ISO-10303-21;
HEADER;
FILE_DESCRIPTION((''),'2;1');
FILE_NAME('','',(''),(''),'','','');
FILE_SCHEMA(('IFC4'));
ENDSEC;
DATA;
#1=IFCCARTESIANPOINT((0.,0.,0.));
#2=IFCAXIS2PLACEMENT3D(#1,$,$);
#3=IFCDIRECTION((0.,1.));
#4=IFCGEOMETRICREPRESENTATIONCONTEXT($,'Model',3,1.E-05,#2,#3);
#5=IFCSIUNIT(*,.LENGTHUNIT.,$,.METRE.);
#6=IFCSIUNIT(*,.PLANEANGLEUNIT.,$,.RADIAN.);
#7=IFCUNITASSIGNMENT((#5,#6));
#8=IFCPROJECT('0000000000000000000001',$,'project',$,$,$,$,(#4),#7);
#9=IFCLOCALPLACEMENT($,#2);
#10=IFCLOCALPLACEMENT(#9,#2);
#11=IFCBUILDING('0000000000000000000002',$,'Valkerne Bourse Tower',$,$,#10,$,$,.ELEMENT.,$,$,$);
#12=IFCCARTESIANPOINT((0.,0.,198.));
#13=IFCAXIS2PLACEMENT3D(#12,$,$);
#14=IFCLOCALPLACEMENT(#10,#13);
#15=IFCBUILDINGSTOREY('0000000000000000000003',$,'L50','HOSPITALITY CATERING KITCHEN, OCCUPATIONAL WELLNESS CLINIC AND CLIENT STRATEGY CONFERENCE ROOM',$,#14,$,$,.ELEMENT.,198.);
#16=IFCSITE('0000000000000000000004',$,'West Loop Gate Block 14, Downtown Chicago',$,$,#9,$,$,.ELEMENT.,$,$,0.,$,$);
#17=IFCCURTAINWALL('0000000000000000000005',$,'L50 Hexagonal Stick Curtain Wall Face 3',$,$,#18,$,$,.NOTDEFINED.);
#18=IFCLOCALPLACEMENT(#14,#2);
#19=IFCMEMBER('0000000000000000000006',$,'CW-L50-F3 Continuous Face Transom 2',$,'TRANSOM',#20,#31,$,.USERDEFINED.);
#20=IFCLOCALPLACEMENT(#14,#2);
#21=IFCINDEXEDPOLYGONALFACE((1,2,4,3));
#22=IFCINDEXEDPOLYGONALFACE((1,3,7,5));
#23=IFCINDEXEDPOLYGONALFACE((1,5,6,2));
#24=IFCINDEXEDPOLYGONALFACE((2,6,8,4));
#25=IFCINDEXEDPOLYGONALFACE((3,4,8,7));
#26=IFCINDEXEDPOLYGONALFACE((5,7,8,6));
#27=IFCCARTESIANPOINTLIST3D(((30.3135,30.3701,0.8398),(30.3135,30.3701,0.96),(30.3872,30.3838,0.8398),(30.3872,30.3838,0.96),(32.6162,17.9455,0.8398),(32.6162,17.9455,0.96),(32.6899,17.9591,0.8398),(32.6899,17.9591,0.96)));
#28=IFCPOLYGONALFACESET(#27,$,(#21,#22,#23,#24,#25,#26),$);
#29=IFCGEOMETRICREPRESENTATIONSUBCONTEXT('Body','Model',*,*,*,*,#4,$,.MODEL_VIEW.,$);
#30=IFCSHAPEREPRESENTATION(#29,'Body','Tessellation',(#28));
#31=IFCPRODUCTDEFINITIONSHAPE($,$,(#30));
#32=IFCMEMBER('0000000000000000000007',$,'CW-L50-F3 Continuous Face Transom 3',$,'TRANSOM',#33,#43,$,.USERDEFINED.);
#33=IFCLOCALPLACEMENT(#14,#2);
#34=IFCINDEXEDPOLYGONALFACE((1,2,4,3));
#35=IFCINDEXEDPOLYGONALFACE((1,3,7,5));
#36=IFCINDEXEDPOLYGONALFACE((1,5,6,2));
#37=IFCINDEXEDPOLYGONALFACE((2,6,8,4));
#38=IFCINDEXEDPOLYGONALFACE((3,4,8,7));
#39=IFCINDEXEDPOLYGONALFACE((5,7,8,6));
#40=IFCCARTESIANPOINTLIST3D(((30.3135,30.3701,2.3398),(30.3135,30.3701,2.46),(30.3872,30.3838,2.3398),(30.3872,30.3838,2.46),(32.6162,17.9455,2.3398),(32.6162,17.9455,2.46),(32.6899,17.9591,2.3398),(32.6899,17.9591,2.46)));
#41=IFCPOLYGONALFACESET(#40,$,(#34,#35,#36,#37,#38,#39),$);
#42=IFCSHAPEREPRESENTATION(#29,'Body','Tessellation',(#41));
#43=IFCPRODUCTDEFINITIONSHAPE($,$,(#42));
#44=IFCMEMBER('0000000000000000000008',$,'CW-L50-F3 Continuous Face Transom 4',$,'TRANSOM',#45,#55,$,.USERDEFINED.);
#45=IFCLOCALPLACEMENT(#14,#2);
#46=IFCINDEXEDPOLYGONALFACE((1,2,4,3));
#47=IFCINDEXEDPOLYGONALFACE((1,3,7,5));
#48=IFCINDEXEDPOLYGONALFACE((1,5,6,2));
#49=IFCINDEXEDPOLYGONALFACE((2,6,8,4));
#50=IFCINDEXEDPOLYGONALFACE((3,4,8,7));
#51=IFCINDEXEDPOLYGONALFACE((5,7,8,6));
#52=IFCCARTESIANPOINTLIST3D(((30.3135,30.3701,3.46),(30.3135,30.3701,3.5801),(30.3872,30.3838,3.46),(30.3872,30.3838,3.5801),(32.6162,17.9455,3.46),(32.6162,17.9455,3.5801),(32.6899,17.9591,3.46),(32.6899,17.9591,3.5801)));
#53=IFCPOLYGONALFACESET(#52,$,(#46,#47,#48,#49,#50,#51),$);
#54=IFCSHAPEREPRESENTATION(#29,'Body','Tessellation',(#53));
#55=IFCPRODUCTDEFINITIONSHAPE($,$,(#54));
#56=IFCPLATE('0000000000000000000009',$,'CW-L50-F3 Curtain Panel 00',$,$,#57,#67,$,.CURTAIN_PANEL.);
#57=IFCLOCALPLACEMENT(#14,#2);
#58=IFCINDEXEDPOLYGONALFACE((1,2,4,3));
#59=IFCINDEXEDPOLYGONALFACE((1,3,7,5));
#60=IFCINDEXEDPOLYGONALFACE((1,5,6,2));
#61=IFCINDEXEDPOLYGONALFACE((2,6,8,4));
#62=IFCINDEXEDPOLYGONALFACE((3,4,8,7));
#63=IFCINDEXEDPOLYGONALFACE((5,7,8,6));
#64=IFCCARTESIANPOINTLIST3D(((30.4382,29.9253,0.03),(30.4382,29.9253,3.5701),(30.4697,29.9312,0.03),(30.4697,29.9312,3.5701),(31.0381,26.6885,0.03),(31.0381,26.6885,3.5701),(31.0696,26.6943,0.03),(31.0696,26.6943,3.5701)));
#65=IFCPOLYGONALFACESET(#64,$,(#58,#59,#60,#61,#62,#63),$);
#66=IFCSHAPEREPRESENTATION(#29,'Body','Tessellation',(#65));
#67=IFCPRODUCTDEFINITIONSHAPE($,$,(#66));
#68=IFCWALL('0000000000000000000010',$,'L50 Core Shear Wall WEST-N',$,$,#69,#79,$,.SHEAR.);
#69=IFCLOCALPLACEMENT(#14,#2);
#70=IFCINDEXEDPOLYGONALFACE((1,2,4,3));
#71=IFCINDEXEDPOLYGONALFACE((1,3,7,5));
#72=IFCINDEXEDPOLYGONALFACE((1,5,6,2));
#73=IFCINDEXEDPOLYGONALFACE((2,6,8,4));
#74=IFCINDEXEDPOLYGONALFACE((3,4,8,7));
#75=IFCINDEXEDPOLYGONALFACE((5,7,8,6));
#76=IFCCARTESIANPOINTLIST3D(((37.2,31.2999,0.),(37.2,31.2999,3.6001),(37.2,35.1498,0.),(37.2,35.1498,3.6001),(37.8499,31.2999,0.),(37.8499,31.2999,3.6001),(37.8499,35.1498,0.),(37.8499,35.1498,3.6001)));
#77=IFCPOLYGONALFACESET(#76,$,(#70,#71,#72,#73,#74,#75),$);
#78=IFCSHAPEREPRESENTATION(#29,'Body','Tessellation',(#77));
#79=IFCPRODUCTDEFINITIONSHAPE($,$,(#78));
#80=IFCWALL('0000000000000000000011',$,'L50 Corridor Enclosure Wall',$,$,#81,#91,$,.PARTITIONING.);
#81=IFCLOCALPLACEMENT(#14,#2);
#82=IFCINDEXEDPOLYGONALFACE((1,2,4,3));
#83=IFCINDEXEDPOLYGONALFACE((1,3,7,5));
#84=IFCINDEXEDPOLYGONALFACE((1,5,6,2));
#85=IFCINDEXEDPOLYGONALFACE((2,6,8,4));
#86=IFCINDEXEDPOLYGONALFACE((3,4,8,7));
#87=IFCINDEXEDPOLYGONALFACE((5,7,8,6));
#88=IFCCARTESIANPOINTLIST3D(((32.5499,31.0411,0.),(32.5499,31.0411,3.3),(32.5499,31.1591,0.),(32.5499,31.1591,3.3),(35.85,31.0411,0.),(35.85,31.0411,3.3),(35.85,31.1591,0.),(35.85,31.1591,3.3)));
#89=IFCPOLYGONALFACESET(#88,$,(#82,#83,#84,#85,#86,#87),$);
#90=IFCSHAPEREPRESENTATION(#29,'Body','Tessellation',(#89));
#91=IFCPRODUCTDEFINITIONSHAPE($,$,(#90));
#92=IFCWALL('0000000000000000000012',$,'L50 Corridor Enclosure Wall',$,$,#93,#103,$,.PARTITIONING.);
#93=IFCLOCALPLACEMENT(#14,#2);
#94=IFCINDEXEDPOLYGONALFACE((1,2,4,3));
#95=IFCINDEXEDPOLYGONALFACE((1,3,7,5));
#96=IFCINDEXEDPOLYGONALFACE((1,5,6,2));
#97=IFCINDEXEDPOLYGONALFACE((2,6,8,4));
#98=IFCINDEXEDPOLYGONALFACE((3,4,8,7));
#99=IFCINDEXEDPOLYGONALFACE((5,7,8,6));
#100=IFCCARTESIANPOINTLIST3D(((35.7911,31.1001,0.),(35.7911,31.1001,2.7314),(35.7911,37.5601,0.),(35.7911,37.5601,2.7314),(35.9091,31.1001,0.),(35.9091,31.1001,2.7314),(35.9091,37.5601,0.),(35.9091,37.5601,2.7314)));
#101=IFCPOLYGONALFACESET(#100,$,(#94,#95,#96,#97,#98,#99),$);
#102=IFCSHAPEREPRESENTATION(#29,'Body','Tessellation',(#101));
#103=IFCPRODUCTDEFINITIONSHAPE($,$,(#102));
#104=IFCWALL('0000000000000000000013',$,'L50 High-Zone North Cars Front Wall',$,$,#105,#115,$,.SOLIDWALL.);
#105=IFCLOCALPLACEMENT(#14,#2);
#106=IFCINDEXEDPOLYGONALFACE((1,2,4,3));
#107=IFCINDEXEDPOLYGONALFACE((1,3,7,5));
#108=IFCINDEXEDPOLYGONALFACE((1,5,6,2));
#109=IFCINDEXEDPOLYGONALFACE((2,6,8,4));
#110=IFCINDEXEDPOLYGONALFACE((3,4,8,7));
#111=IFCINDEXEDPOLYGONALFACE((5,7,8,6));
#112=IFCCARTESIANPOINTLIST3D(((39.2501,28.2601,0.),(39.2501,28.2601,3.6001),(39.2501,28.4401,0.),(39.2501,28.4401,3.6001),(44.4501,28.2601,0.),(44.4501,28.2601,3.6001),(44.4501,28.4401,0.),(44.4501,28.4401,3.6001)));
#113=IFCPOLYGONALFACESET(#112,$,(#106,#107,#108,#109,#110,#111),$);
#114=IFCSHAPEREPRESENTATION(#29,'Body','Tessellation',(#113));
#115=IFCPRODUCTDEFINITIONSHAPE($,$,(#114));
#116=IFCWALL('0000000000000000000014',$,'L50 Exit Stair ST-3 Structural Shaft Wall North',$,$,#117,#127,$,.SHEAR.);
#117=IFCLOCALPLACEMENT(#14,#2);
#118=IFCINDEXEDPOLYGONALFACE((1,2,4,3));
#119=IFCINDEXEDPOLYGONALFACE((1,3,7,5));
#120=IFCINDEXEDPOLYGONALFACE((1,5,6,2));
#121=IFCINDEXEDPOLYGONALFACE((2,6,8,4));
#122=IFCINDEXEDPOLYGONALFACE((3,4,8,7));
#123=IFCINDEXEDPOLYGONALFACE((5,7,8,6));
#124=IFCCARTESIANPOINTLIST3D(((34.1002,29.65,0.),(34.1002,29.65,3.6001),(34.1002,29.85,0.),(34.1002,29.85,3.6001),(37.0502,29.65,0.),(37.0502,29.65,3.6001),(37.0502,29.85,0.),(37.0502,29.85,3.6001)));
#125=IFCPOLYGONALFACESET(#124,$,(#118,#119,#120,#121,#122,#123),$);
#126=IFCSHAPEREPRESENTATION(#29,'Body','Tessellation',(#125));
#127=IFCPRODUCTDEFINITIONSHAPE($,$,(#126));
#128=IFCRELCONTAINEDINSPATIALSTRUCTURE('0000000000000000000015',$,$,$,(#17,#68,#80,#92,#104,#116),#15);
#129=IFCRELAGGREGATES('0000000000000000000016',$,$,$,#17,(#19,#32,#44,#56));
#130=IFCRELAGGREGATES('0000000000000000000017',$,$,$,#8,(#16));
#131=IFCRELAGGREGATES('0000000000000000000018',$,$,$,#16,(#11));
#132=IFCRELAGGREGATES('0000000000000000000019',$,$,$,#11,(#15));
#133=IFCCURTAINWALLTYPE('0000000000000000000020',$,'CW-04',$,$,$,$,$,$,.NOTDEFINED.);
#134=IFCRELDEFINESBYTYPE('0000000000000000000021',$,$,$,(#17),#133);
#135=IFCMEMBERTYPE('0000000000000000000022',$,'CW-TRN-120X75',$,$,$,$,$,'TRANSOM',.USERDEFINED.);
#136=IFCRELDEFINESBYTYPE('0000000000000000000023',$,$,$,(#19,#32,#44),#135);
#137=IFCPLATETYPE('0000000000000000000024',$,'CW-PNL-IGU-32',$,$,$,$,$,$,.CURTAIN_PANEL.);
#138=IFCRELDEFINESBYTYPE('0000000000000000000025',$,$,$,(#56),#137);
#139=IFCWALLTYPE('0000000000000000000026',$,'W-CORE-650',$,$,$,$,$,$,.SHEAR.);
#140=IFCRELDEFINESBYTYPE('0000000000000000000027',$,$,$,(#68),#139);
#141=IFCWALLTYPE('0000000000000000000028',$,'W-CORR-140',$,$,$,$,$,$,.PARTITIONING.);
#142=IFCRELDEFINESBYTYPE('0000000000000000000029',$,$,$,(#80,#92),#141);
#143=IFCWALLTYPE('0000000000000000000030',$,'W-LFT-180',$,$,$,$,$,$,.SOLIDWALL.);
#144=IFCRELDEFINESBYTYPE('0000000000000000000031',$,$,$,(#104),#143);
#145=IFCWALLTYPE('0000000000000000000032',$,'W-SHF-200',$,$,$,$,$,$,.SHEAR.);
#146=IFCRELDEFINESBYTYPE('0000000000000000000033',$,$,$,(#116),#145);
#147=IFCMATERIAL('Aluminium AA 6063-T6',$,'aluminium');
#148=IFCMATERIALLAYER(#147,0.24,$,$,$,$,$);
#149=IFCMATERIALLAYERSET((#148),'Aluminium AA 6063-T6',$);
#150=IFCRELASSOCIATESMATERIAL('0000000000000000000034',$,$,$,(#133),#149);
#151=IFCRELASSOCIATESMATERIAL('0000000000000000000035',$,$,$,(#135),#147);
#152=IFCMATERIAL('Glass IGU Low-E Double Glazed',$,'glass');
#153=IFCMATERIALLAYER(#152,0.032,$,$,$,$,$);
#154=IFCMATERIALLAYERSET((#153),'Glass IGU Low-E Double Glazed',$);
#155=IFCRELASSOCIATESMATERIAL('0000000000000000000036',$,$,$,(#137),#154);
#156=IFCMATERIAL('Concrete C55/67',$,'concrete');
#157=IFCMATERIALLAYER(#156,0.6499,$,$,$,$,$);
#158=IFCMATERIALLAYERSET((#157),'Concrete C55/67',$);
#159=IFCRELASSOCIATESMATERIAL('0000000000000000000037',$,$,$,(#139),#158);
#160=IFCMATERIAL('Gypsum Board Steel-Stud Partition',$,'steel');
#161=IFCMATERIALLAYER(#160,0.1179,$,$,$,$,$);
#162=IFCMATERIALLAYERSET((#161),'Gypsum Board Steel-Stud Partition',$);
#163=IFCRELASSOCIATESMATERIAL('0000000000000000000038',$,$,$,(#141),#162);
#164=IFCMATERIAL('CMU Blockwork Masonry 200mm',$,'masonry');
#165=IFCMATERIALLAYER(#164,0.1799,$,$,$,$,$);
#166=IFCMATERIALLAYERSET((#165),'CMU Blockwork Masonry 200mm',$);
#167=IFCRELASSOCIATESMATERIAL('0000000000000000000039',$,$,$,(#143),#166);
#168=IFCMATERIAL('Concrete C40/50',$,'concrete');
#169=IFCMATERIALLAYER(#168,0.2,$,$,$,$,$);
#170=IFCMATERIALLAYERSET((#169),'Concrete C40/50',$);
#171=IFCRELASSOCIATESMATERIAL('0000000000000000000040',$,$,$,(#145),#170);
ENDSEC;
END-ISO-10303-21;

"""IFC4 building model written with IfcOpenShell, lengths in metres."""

from ifc_helpers import new_model, si_unit, direction, frame, frame_2d, origin, origin_2d, place, context, subcontext, project, spatial, rectangle, extrude, material, layer, layer_set, material_profile, profile_set, type_object, element, aggregate, save


model = new_model("IFC4")

# Units and contexts
model_context = context("Model", 3, precision=1e-05, world=origin(), true_north=direction((0.0, 1.0)))
body_context = subcontext(model_context, "Body", "Model", "MODEL_VIEW")
ifc_project = project(units=[si_unit("LENGTHUNIT", "METRE"), si_unit("PLANEANGLEUNIT", "RADIAN")], contexts=[model_context])

# Site, building, storey
site_placement = place(None, origin())
site = spatial("IfcSite", under=ifc_project, at=site_placement, Name="West Loop Gate Block 14, Downtown Chicago", CompositionType="ELEMENT", RefElevation=0.0)
building_placement = place(site_placement, origin())
building = spatial("IfcBuilding", under=site, at=building_placement, Name="Valkerne Bourse Tower", CompositionType="ELEMENT")
storey_placement = place(building_placement, frame((0.0, 0.0, 198.0)))
storey = spatial("IfcBuildingStorey", under=building, at=storey_placement, Name="L50", Description="HOSPITALITY CATERING KITCHEN, OCCUPATIONAL WELLNESS CLINIC AND CLIENT STRATEGY CONFERENCE ROOM", CompositionType="ELEMENT", Elevation=198.0)

# Shared definitions
ifc_material_1 = material(Name="Aluminium AA 6063-T6", Category="aluminium")
ifc_layer_1 = layer(ifc_material_1, 0.24)
ifc_layer_set_1 = layer_set([ifc_layer_1], Name="Aluminium AA 6063-T6")
curtain_wall_type = type_object("IfcCurtainWallType", Name="CW-04", PredefinedType="NOTDEFINED", material=ifc_layer_set_1)

# Curtain wall, members, plate
curtain_wall_1_placement = place(storey_placement, origin())
curtain_wall_1 = element("IfcCurtainWall", 1, at=curtain_wall_1_placement, inside=storey, type_object=curtain_wall_type, Name="L50 Hexagonal Stick Curtain Wall Face 3", PredefinedType="NOTDEFINED")
ifc_material_profile_1 = material_profile(ifc_material_1, rectangle(XDim=0.075, YDim=0.1201, at=origin_2d()), Name="CWT-75X120")
ifc_profile_set_1 = profile_set([ifc_material_profile_1], Name="Aluminium AA 6063-T6")
member_type_1 = type_object("IfcMemberType", Name="CW-TRN-120X75", ElementType="TRANSOM", PredefinedType="USERDEFINED", material=ifc_profile_set_1)
member_1_placement = place(storey_placement, frame((30.3503, 30.377, 0.8999), z_axis=(0.182234, -0.983255, 0.0), x_axis=(0.983255, 0.182234, 0.0)))
member_1 = element("IfcMember", 2, at=member_1_placement, type_object=member_type_1, Name="CW-L50-F3 Continuous Face Transom 2", ObjectType="TRANSOM", PredefinedType="USERDEFINED", context=body_context, shape_type="SweptSolid", body=[
    extrude(rectangle(XDim=0.075, YDim=0.1201, at=origin_2d()), origin(), (0.0, 0.0, 1.0), 12.6362),
])
member_2_placement = place(storey_placement, frame((30.3503, 30.377, 2.3999), z_axis=(0.182234, -0.983255, 0.0), x_axis=(0.983255, 0.182234, 0.0)))
member_2 = element("IfcMember", 3, at=member_2_placement, type_object=member_type_1, Name="CW-L50-F3 Continuous Face Transom 3", ObjectType="TRANSOM", PredefinedType="USERDEFINED", context=body_context, shape_type="SweptSolid", body=[
    extrude(rectangle(XDim=0.075, YDim=0.1201, at=origin_2d()), origin(), (0.0, 0.0, 1.0), 12.6362),
])
member_3_placement = place(storey_placement, frame((30.3503, 30.377, 3.52), z_axis=(0.182234, -0.983255, 0.0), x_axis=(0.983255, 0.182234, 0.0)))
member_3 = element("IfcMember", 4, at=member_3_placement, type_object=member_type_1, Name="CW-L50-F3 Continuous Face Transom 4", ObjectType="TRANSOM", PredefinedType="USERDEFINED", context=body_context, shape_type="SweptSolid", body=[
    extrude(rectangle(XDim=0.075, YDim=0.1201, at=origin_2d()), origin(), (0.0, 0.0, 1.0), 12.6362),
])
ifc_material_2 = material(Name="Glass IGU Low-E Double Glazed", Category="glass")
ifc_layer_2 = layer(ifc_material_2, 0.032)
ifc_layer_set_2 = layer_set([ifc_layer_2], Name="Glass IGU Low-E Double Glazed")
plate_type = type_object("IfcPlateType", Name="CW-PNL-IGU-32", PredefinedType="CURTAIN_PANEL", material=ifc_layer_set_2)
plate_placement = place(storey_placement, frame((30.7539, 28.3098, 0.03), z_axis=(0.0, 0.0, 1.0), x_axis=(0.18224, -0.983254, 0.0)))
plate = element("IfcPlate", 5, at=plate_placement, type_object=plate_type, Name="CW-L50-F3 Curtain Panel 00", PredefinedType="CURTAIN_PANEL", context=body_context, shape_type="SweptSolid", body=[
    extrude(rectangle(XDim=3.292, YDim=0.032, at=origin_2d()), origin(), (0.0, 0.0, 1.0), 3.54),
])
aggregate(curtain_wall_1, [member_1, member_2, member_3, plate])

# Walls
ifc_material_3 = material(Name="Concrete C55/67", Category="concrete")
ifc_layer_3 = layer(ifc_material_3, 0.6499)
ifc_layer_set_3 = layer_set([ifc_layer_3], Name="Concrete C55/67")
wall_type_1 = type_object("IfcWallType", Name="W-CORE-650", PredefinedType="SHEAR", material=ifc_layer_set_3)
wall_1_placement = place(storey_placement, frame((37.5249, 31.3, 0.0), z_axis=(0.0, 0.0, 1.0), x_axis=(0.0, 1.0, 0.0)))
element("IfcWall", 6, at=wall_1_placement, inside=storey, type_object=wall_type_1, Name="L50 Core Shear Wall WEST-N", PredefinedType="SHEAR", context=body_context, shape_type="SweptSolid", body=[
    extrude(rectangle(XDim=3.8499, YDim=0.6499, at=frame_2d((1.9248, 0.0))), origin(), (0.0, 0.0, 1.0), 3.6001),
])
ifc_material_4 = material(Name="Gypsum Board Steel-Stud Partition", Category="steel")
ifc_layer_4 = layer(ifc_material_4, 0.1179)
ifc_layer_set_4 = layer_set([ifc_layer_4], Name="Gypsum Board Steel-Stud Partition")
wall_type_2 = type_object("IfcWallType", Name="W-CORR-140", PredefinedType="PARTITIONING", material=ifc_layer_set_4)
wall_2_placement = place(storey_placement, frame((32.55, 31.1001, 0.0), z_axis=(0.0, 0.0, 1.0), x_axis=(1.0, 0.0, 0.0)))
element("IfcWall", 7, at=wall_2_placement, inside=storey, type_object=wall_type_2, Name="L50 Corridor Enclosure Wall", PredefinedType="PARTITIONING", context=body_context, shape_type="SweptSolid", body=[
    extrude(rectangle(XDim=3.3, YDim=0.1179, at=frame_2d((1.6499, 0.0))), origin(), (0.0, 0.0, 1.0), 3.3),
])
wall_3_placement = place(storey_placement, frame((35.8501, 31.1001, 0.0), z_axis=(0.0, 0.0, 1.0), x_axis=(0.0, 1.0, 0.0)))
element("IfcWall", 8, at=wall_3_placement, inside=storey, type_object=wall_type_2, Name="L50 Corridor Enclosure Wall", PredefinedType="PARTITIONING", context=body_context, shape_type="SweptSolid", body=[
    extrude(rectangle(XDim=6.46, YDim=0.1179, at=frame_2d((3.23, 0.0))), origin(), (0.0, 0.0, 1.0), 2.7314),
])
ifc_material_5 = material(Name="CMU Blockwork Masonry 200mm", Category="masonry")
ifc_layer_5 = layer(ifc_material_5, 0.1799)
ifc_layer_set_5 = layer_set([ifc_layer_5], Name="CMU Blockwork Masonry 200mm")
wall_type_3 = type_object("IfcWallType", Name="W-LFT-180", PredefinedType="SOLIDWALL", material=ifc_layer_set_5)
wall_4_placement = place(storey_placement, frame((39.25, 28.3501, 0.0), z_axis=(0.0, 0.0, 1.0), x_axis=(1.0, 0.0, 0.0)))
element("IfcWall", 9, at=wall_4_placement, inside=storey, type_object=wall_type_3, Name="L50 High-Zone North Cars Front Wall", PredefinedType="SOLIDWALL", context=body_context, shape_type="SweptSolid", body=[
    extrude(rectangle(XDim=5.2, YDim=0.1799, at=frame_2d((2.6001, 0.0))), origin(), (0.0, 0.0, 1.0), 3.6001),
])
ifc_material_6 = material(Name="Concrete C40/50", Category="concrete")
ifc_layer_6 = layer(ifc_material_6, 0.2)
ifc_layer_set_6 = layer_set([ifc_layer_6], Name="Concrete C40/50")
wall_type_4 = type_object("IfcWallType", Name="W-SHF-200", PredefinedType="SHEAR", material=ifc_layer_set_6)
wall_5_placement = place(storey_placement, frame((34.1001, 29.75, 0.0), z_axis=(0.0, 0.0, 1.0), x_axis=(1.0, 0.0, 0.0)))
element("IfcWall", 10, at=wall_5_placement, inside=storey, type_object=wall_type_4, Name="L50 Exit Stair ST-3 Structural Shaft Wall North", PredefinedType="SHEAR", context=body_context, shape_type="SweptSolid", body=[
    extrude(rectangle(XDim=2.95, YDim=0.2, at=frame_2d((1.4751, 0.0))), origin(), (0.0, 0.0, 1.0), 3.6001),
])

save(model, "model.ifc")
